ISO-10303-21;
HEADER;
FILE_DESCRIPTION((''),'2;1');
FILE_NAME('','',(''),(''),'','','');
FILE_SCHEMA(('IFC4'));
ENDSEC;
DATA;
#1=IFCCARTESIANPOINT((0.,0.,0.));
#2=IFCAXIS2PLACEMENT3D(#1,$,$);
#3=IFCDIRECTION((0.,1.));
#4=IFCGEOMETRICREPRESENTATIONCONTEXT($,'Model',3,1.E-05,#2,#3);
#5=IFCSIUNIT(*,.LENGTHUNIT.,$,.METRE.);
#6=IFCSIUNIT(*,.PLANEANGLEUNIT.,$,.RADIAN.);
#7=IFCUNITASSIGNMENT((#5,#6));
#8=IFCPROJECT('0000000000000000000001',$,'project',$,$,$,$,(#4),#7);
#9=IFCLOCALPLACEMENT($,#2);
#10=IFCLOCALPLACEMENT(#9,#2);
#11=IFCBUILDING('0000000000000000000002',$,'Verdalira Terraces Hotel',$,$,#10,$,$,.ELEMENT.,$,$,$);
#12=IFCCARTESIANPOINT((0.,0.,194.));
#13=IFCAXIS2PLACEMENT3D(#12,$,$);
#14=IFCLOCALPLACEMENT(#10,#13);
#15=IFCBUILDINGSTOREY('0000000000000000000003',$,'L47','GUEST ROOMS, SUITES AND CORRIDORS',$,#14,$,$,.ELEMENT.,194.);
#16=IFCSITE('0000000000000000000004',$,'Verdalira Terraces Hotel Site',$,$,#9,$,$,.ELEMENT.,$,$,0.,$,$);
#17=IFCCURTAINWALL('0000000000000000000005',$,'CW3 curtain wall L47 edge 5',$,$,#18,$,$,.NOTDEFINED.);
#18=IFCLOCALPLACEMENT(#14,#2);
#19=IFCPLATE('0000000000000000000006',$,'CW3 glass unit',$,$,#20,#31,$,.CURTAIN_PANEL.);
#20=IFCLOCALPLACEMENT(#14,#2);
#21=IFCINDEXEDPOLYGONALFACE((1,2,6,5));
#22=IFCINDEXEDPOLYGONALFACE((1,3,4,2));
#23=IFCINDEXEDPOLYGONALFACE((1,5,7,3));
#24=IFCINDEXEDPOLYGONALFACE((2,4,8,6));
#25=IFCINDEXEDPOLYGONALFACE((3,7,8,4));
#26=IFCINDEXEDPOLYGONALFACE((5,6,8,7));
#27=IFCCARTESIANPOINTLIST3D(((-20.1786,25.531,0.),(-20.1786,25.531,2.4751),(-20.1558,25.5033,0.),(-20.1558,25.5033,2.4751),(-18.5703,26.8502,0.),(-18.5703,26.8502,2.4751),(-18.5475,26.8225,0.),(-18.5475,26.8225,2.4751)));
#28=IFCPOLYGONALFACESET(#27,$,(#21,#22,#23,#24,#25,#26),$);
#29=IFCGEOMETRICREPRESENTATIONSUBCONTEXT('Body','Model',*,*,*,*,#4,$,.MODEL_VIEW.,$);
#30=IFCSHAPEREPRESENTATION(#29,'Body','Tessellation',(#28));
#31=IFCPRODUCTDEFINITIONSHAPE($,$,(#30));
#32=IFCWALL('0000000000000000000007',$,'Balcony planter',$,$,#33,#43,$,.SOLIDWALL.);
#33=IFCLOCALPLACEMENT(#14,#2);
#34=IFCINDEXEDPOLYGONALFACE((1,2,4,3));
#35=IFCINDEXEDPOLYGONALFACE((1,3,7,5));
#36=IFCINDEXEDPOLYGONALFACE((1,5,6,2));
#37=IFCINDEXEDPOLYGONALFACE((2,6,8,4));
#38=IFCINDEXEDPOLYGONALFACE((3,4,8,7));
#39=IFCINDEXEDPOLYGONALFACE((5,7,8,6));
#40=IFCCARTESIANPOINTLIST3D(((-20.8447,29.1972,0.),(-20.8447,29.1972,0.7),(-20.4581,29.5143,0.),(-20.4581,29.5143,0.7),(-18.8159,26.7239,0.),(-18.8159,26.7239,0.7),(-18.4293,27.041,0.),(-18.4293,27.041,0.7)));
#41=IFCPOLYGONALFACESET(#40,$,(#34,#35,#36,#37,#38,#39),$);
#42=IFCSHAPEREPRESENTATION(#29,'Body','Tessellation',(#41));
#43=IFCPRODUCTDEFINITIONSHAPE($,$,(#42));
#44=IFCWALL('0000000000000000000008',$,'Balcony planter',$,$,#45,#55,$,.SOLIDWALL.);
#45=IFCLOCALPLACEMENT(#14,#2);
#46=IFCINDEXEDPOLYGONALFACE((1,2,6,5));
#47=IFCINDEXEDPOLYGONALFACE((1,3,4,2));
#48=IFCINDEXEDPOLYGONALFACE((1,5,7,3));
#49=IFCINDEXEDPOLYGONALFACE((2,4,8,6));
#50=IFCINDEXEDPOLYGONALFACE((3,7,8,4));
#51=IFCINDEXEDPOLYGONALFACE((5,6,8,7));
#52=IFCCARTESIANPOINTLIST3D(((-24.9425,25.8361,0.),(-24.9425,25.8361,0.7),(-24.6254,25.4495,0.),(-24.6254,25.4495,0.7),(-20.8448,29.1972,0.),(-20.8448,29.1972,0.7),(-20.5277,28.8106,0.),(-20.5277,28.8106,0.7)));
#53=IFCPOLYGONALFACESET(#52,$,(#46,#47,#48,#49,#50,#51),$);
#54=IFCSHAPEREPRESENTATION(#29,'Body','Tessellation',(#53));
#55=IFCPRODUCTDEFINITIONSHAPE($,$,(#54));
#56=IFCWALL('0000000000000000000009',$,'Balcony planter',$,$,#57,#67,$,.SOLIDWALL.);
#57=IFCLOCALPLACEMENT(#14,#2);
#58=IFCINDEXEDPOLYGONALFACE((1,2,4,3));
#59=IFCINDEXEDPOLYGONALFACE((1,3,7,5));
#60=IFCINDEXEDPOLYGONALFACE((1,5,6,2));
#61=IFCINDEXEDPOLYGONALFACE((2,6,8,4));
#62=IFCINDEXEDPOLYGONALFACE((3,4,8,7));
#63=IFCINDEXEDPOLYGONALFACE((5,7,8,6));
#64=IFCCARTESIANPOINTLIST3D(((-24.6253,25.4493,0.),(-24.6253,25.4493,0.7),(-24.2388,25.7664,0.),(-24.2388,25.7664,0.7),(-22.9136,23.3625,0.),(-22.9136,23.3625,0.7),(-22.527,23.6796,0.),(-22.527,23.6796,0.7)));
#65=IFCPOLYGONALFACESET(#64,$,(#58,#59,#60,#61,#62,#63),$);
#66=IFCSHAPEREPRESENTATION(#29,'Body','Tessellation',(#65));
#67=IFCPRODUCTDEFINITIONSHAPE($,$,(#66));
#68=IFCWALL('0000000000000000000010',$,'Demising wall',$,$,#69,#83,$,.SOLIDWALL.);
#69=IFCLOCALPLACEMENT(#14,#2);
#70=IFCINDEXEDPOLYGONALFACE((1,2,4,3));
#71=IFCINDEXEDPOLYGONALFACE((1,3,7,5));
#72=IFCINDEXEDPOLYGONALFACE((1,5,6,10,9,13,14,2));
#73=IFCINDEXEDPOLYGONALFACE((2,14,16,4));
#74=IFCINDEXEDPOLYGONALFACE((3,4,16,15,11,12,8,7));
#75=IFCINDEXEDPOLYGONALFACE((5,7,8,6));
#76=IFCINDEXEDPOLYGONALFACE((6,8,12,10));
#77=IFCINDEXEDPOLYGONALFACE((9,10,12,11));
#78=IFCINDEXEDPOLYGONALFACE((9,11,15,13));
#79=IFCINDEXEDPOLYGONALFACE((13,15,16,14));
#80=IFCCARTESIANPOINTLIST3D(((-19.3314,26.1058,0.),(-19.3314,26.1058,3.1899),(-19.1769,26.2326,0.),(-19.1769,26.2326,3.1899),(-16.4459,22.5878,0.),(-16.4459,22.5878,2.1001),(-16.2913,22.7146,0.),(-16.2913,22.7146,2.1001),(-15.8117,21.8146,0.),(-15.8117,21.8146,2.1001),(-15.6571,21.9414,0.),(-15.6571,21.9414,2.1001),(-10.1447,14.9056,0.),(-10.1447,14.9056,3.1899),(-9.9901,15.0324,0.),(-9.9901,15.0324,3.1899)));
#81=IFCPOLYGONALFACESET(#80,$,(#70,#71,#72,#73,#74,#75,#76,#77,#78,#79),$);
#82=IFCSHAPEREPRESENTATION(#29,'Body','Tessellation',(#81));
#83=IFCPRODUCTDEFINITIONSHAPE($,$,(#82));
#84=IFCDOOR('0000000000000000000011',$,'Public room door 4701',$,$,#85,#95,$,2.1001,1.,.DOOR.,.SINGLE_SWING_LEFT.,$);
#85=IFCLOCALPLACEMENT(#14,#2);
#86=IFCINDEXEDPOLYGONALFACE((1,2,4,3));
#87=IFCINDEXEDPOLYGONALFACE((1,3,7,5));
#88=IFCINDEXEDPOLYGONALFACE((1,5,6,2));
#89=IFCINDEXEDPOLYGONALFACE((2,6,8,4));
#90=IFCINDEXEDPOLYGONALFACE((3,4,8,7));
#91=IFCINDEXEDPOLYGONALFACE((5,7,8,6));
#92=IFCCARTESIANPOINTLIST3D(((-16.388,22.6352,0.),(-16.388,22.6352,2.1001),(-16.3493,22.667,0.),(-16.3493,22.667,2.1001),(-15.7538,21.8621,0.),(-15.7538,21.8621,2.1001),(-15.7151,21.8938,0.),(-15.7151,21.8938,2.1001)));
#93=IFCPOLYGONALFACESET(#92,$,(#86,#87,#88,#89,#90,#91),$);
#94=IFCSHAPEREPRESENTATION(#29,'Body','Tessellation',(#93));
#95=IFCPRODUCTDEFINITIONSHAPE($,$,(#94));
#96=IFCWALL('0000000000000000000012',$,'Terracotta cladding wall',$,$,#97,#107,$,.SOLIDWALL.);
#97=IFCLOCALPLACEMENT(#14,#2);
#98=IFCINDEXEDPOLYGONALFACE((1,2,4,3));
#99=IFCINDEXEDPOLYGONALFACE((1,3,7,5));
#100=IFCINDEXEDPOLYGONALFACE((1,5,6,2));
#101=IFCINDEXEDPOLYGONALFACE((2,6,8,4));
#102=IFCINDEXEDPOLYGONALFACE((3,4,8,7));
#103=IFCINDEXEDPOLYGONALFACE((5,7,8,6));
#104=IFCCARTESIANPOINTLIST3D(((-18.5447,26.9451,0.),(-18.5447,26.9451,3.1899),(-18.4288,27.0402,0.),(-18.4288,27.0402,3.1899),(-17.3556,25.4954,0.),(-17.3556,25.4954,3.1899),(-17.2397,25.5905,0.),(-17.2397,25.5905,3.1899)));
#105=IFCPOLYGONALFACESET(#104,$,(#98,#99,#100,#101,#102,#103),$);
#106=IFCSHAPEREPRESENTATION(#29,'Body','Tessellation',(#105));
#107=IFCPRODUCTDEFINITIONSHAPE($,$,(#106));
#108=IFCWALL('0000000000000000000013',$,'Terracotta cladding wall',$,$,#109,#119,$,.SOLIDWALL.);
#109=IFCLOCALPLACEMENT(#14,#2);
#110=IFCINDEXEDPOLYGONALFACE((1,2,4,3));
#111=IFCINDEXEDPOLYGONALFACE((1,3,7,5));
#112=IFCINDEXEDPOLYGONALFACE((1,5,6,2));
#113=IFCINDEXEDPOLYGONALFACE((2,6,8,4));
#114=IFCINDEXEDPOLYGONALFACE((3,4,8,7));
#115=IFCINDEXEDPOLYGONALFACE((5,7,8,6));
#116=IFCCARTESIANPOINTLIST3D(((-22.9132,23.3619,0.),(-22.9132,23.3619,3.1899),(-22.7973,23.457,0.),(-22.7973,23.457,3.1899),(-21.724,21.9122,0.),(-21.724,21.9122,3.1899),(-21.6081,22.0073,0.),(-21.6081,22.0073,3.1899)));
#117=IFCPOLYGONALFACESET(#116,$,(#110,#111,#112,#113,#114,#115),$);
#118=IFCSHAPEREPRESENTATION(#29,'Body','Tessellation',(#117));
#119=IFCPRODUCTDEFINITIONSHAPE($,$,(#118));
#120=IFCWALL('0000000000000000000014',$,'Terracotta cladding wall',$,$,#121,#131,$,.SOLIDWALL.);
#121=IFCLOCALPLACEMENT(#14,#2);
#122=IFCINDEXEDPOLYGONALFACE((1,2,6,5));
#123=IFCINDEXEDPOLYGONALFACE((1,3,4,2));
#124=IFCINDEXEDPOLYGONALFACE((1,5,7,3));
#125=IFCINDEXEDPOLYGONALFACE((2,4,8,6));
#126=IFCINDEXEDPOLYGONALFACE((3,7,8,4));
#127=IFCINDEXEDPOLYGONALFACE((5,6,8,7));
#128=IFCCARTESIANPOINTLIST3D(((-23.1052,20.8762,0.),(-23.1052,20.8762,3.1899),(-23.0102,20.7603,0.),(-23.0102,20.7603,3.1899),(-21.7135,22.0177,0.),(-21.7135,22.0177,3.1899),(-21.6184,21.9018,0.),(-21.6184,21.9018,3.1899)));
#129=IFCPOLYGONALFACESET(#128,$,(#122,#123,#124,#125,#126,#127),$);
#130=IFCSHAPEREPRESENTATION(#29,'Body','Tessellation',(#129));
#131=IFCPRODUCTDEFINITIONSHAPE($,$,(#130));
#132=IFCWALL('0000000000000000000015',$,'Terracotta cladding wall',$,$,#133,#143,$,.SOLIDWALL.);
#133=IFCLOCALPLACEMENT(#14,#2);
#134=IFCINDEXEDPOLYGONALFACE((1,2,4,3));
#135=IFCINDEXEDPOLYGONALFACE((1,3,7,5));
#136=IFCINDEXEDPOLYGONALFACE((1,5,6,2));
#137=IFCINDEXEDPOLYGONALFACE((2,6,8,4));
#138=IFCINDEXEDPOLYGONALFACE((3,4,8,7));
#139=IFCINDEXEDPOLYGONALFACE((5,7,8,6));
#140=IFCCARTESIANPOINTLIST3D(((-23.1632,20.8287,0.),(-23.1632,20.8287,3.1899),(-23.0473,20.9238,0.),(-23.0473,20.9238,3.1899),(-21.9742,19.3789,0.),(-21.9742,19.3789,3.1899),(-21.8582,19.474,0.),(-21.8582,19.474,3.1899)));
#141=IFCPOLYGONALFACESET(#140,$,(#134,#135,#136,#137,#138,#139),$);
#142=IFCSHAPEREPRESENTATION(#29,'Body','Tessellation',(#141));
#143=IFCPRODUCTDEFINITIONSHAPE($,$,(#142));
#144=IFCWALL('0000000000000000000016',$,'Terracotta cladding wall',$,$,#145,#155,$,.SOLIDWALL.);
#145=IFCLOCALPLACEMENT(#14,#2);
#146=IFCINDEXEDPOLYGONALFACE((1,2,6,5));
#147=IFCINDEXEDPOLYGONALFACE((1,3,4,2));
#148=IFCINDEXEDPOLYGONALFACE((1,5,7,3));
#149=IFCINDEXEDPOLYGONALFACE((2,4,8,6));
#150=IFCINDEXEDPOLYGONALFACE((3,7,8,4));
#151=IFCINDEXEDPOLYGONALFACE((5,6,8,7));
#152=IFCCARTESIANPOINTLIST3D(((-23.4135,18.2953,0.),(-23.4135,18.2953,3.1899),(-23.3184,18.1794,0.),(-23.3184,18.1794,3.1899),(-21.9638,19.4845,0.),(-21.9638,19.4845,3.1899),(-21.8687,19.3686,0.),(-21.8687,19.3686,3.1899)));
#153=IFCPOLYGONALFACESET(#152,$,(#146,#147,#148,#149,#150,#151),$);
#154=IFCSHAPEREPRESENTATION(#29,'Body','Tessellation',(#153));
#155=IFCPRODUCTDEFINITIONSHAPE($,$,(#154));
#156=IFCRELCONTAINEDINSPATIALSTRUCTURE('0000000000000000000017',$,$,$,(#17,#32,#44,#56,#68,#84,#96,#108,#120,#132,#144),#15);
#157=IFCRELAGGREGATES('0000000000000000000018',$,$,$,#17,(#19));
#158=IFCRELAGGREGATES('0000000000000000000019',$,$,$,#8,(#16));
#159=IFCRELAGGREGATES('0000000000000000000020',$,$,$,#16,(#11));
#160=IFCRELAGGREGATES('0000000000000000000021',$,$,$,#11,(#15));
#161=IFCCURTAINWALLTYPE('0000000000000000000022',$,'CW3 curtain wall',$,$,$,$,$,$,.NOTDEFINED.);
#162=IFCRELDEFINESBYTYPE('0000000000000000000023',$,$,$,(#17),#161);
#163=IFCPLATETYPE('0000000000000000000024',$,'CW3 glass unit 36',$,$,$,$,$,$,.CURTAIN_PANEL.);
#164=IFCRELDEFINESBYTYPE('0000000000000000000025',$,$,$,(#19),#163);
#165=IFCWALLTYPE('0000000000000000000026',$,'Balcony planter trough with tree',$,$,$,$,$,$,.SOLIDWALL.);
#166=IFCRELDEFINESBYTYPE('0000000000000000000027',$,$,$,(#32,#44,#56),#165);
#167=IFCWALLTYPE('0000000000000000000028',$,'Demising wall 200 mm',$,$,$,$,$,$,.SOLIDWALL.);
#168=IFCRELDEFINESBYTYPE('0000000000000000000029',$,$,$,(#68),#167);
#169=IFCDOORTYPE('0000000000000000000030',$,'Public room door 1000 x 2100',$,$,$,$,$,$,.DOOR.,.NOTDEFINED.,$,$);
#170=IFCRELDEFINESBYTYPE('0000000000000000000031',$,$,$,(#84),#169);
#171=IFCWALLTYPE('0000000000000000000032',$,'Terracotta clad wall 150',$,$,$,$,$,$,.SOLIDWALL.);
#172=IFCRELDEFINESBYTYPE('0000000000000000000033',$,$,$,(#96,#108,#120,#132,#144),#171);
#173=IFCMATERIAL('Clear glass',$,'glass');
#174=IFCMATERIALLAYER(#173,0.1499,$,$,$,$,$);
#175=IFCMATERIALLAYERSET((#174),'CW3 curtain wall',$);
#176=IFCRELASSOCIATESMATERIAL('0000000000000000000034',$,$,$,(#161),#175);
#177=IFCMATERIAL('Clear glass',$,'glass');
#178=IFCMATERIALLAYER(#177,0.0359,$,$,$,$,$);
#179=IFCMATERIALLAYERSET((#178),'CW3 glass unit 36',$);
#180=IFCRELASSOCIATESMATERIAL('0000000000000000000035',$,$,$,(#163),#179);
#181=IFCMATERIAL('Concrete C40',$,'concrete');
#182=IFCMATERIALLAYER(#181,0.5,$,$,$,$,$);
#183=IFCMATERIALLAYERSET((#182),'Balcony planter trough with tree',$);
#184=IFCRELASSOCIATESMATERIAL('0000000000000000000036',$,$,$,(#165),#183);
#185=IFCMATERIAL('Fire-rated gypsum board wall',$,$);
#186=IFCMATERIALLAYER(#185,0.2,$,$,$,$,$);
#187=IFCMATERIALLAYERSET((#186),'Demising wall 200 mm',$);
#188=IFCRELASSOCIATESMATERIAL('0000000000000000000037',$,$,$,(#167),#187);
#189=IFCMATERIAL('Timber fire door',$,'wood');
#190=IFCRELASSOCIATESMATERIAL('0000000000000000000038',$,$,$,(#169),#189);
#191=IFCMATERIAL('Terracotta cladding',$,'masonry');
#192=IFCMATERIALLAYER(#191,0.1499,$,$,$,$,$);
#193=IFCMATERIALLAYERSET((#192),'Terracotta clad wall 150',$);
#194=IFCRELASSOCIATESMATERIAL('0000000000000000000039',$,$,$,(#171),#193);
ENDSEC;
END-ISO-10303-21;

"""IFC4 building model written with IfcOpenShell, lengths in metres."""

from ifc_helpers import new_model, si_unit, direction, frame, frame_2d, origin, origin_2d, place, context, subcontext, project, spatial, rectangle, extrude, material, layer, layer_set, type_object, element, fill, aggregate, save


model = new_model("IFC4")

# Units and contexts
model_context = context("Model", 3, precision=1e-05, world=origin(), true_north=direction((0.0, 1.0)))
body_context = subcontext(model_context, "Body", "Model", "MODEL_VIEW")
ifc_project = project(units=[si_unit("LENGTHUNIT", "METRE"), si_unit("PLANEANGLEUNIT", "RADIAN")], contexts=[model_context])

# Site, building, storey
site_placement = place(None, origin())
site = spatial("IfcSite", under=ifc_project, at=site_placement, Name="Verdalira Terraces Hotel Site", CompositionType="ELEMENT", RefElevation=0.0)
building_placement = place(site_placement, origin())
building = spatial("IfcBuilding", under=site, at=building_placement, Name="Verdalira Terraces Hotel", CompositionType="ELEMENT")
storey_placement = place(building_placement, frame((0.0, 0.0, 194.0)))
storey = spatial("IfcBuildingStorey", under=building, at=storey_placement, Name="L47", Description="GUEST ROOMS, SUITES AND CORRIDORS", CompositionType="ELEMENT", Elevation=194.0)

# Curtain wall
ifc_material_1 = material(Name="Clear glass", Category="glass")
ifc_layer_1 = layer(ifc_material_1, 0.1499)
ifc_layer_set_1 = layer_set([ifc_layer_1], Name="CW3 curtain wall")
curtain_wall_type_1 = type_object("IfcCurtainWallType", Name="CW3 curtain wall", PredefinedType="NOTDEFINED", material=ifc_layer_set_1)
curtain_wall_1_placement = place(storey_placement, origin())
curtain_wall_1 = element("IfcCurtainWall", 1, at=curtain_wall_1_placement, inside=storey, type_object=curtain_wall_type_1, Name="CW3 curtain wall L47 edge 5", PredefinedType="NOTDEFINED")

# Plate
ifc_material_2 = material(Name="Clear glass", Category="glass")
ifc_layer_2 = layer(ifc_material_2, 0.0359)
ifc_layer_set_2 = layer_set([ifc_layer_2], Name="CW3 glass unit 36")
plate_type = type_object("IfcPlateType", Name="CW3 glass unit 36", PredefinedType="CURTAIN_PANEL", material=ifc_layer_set_2)
plate_placement = place(storey_placement, frame((-19.363, 26.1768, 0.0), z_axis=(0.0, 0.0, 1.0), x_axis=(-0.773177, -0.634191, 0.0)))
plate = element("IfcPlate", 2, at=plate_placement, type_object=plate_type, Name="CW3 glass unit", PredefinedType="CURTAIN_PANEL", context=body_context, shape_type="SweptSolid", body=[
    extrude(rectangle(XDim=2.0801, YDim=0.0359, at=origin_2d()), origin(), (0.0, 0.0, 1.0), 2.4751),
])
aggregate(curtain_wall_1, [plate])

# Walls
ifc_material_3 = material(Name="Concrete C40", Category="concrete")
ifc_layer_3 = layer(ifc_material_3, 0.5)
ifc_layer_set_3 = layer_set([ifc_layer_3], Name="Balcony planter trough with tree")
wall_type_1 = type_object("IfcWallType", Name="Balcony planter trough with tree", PredefinedType="SOLIDWALL", material=ifc_layer_set_3)
wall_1_placement = place(storey_placement, frame((-18.6226, 26.8823, 0.0), z_axis=(0.0, 0.0, 1.0), x_axis=(-0.634197, 0.773171, 0.0)))
element("IfcWall", 3, at=wall_1_placement, inside=storey, type_object=wall_type_1, Name="Balcony planter", PredefinedType="SOLIDWALL", context=body_context, shape_type="SweptSolid", body=[
    extrude(rectangle(XDim=3.199, YDim=0.5, at=frame_2d((1.5996, 0.0))), origin(), (0.0, 0.0, 1.0), 0.7),
])
wall_2_placement = place(storey_placement, frame((-20.6863, 29.0039, 0.0), z_axis=(0.0, 0.0, 1.0), x_axis=(-0.773175, -0.634193, 0.0)))
element("IfcWall", 4, at=wall_2_placement, inside=storey, type_object=wall_type_1, Name="Balcony planter", PredefinedType="SOLIDWALL", context=body_context, shape_type="SweptSolid", body=[
    extrude(rectangle(XDim=5.2998, YDim=0.5, at=frame_2d((2.6499, 0.0))), origin(), (0.0, 0.0, 1.0), 0.7),
])
wall_3_placement = place(storey_placement, frame((-24.4321, 25.6079, 0.0), z_axis=(0.0, 0.0, 1.0), x_axis=(0.634213, -0.773159, 0.0)))
element("IfcWall", 5, at=wall_3_placement, inside=storey, type_object=wall_type_1, Name="Balcony planter", PredefinedType="SOLIDWALL", context=body_context, shape_type="SweptSolid", body=[
    extrude(rectangle(XDim=2.699, YDim=0.5, at=frame_2d((1.3496, 0.0))), origin(), (0.0, 0.0, 1.0), 0.7),
])

# Wall, opening, door
ifc_material_4 = material(Name="Fire-rated gypsum board wall")
ifc_layer_4 = layer(ifc_material_4, 0.2)
ifc_layer_set_4 = layer_set([ifc_layer_4], Name="Demising wall 200 mm")
wall_type_2 = type_object("IfcWallType", Name="Demising wall 200 mm", PredefinedType="SOLIDWALL", material=ifc_layer_set_4)
wall_4_placement = place(storey_placement, frame((-19.2541, 26.1692, 0.0), z_axis=(0.0, 0.0, 1.0), x_axis=(0.634187, -0.77318, 0.0)))
wall_4 = element("IfcWall", 6, at=wall_4_placement, inside=storey, type_object=wall_type_2, Name="Demising wall", PredefinedType="SOLIDWALL", context=body_context, shape_type="SweptSolid", body=[
    extrude(rectangle(XDim=14.4858, YDim=0.2, at=frame_2d((7.2429, 0.0))), origin(), (0.0, 0.0, 1.0), 3.1899),
])
opening_1_placement = place(wall_4_placement, frame((4.55, 0.0, 0.0)))
opening_1 = element("IfcOpeningElement", 7, at=opening_1_placement, cuts=wall_4, PredefinedType="OPENING", context=body_context, shape_type="SweptSolid", body=[
    extrude(rectangle(XDim=1.0, YDim=2.1001, at=frame_2d((0.5, 1.05))), frame((0.0, 0.1099, 0.0), z_axis=(0.0, -1.0, 0.0), x_axis=(1.0, 0.0, 0.0)), (0.0, 0.0, 1.0), 0.22),
])
ifc_material_5 = material(Name="Timber fire door", Category="wood")
door_type_1 = type_object("IfcDoorType", Name="Public room door 1000 x 2100", OperationType="NOTDEFINED", PredefinedType="DOOR", material=ifc_material_5)
door_1_placement = place(opening_1_placement, origin())
door_1 = element("IfcDoor", 8, at=door_1_placement, inside=storey, type_object=door_type_1, Name="Public room door 4701", OperationType="SINGLE_SWING_LEFT", OverallHeight=2.1001, OverallWidth=1.0, PredefinedType="DOOR", context=body_context, shape_type="SweptSolid", body=[
    extrude(rectangle(XDim=1.0, YDim=2.1001, at=frame_2d((0.5, 1.05))), frame((0.0, 0.0249, 0.0), z_axis=(0.0, -1.0, 0.0), x_axis=(1.0, 0.0, 0.0)), (0.0, 0.0, 1.0), 0.05),
])
fill(opening_1, door_1)

# Walls
ifc_material_6 = material(Name="Terracotta cladding", Category="masonry")
ifc_layer_5 = layer(ifc_material_6, 0.1499)
ifc_layer_set_5 = layer_set([ifc_layer_5], Name="Terracotta clad wall 150")
wall_type_3 = type_object("IfcWallType", Name="Terracotta clad wall 150", PredefinedType="SOLIDWALL", material=ifc_layer_set_5)
for number, where, z_axis, x_axis, name in (
    (9, (-17.2976, 25.543, 0.0), (0.0, 0.0, 1.0), (-0.634223, 0.77315, 0.0), "Terracotta cladding wall"),
    (10, (-22.8552, 23.4094, 0.0), (0.0, 0.0, 1.0), (0.634223, -0.77315, 0.0), "Terracotta cladding wall"),
):
    element("IfcWall", number, at=place(storey_placement, frame(where, z_axis=z_axis, x_axis=x_axis)), inside=storey, type_object=wall_type_3, Name=name, PredefinedType="SOLIDWALL", context=body_context, shape_type="SweptSolid", body=[
        extrude(rectangle(XDim=1.875, YDim=0.1499, at=frame_2d((0.9375, 0.0))), origin(), (0.0, 0.0, 1.0), 3.1899),
    ])
wall_5_placement = place(storey_placement, frame((-21.666, 21.9597, 0.0), z_axis=(0.0, 0.0, 1.0), x_axis=(-0.773189, -0.634175, 0.0)))
element("IfcWall", 11, at=wall_5_placement, inside=storey, type_object=wall_type_3, Name="Terracotta cladding wall", PredefinedType="SOLIDWALL", context=body_context, shape_type="SweptSolid", body=[
    extrude(rectangle(XDim=1.8, YDim=0.1499, at=frame_2d((0.8999, 0.0))), origin(), (0.0, 0.0, 1.0), 3.1899),
])
for number, where, z_axis, x_axis, name in (
    (12, (-23.1052, 20.8762, 0.0), (0.0, 0.0, 1.0), (0.634145, -0.773214, 0.0), "Terracotta cladding wall"),
    (13, (-21.9163, 19.4265, 0.0), (0.0, 0.0, 1.0), (-0.77315, -0.634223, 0.0), "Terracotta cladding wall"),
):
    element("IfcWall", number, at=place(storey_placement, frame(where, z_axis=z_axis, x_axis=x_axis)), inside=storey, type_object=wall_type_3, Name=name, PredefinedType="SOLIDWALL", context=body_context, shape_type="SweptSolid", body=[
        extrude(rectangle(XDim=1.875, YDim=0.1499, at=frame_2d((0.9375, 0.0))), origin(), (0.0, 0.0, 1.0), 3.1899),
    ])

save(model, "model.ifc")
